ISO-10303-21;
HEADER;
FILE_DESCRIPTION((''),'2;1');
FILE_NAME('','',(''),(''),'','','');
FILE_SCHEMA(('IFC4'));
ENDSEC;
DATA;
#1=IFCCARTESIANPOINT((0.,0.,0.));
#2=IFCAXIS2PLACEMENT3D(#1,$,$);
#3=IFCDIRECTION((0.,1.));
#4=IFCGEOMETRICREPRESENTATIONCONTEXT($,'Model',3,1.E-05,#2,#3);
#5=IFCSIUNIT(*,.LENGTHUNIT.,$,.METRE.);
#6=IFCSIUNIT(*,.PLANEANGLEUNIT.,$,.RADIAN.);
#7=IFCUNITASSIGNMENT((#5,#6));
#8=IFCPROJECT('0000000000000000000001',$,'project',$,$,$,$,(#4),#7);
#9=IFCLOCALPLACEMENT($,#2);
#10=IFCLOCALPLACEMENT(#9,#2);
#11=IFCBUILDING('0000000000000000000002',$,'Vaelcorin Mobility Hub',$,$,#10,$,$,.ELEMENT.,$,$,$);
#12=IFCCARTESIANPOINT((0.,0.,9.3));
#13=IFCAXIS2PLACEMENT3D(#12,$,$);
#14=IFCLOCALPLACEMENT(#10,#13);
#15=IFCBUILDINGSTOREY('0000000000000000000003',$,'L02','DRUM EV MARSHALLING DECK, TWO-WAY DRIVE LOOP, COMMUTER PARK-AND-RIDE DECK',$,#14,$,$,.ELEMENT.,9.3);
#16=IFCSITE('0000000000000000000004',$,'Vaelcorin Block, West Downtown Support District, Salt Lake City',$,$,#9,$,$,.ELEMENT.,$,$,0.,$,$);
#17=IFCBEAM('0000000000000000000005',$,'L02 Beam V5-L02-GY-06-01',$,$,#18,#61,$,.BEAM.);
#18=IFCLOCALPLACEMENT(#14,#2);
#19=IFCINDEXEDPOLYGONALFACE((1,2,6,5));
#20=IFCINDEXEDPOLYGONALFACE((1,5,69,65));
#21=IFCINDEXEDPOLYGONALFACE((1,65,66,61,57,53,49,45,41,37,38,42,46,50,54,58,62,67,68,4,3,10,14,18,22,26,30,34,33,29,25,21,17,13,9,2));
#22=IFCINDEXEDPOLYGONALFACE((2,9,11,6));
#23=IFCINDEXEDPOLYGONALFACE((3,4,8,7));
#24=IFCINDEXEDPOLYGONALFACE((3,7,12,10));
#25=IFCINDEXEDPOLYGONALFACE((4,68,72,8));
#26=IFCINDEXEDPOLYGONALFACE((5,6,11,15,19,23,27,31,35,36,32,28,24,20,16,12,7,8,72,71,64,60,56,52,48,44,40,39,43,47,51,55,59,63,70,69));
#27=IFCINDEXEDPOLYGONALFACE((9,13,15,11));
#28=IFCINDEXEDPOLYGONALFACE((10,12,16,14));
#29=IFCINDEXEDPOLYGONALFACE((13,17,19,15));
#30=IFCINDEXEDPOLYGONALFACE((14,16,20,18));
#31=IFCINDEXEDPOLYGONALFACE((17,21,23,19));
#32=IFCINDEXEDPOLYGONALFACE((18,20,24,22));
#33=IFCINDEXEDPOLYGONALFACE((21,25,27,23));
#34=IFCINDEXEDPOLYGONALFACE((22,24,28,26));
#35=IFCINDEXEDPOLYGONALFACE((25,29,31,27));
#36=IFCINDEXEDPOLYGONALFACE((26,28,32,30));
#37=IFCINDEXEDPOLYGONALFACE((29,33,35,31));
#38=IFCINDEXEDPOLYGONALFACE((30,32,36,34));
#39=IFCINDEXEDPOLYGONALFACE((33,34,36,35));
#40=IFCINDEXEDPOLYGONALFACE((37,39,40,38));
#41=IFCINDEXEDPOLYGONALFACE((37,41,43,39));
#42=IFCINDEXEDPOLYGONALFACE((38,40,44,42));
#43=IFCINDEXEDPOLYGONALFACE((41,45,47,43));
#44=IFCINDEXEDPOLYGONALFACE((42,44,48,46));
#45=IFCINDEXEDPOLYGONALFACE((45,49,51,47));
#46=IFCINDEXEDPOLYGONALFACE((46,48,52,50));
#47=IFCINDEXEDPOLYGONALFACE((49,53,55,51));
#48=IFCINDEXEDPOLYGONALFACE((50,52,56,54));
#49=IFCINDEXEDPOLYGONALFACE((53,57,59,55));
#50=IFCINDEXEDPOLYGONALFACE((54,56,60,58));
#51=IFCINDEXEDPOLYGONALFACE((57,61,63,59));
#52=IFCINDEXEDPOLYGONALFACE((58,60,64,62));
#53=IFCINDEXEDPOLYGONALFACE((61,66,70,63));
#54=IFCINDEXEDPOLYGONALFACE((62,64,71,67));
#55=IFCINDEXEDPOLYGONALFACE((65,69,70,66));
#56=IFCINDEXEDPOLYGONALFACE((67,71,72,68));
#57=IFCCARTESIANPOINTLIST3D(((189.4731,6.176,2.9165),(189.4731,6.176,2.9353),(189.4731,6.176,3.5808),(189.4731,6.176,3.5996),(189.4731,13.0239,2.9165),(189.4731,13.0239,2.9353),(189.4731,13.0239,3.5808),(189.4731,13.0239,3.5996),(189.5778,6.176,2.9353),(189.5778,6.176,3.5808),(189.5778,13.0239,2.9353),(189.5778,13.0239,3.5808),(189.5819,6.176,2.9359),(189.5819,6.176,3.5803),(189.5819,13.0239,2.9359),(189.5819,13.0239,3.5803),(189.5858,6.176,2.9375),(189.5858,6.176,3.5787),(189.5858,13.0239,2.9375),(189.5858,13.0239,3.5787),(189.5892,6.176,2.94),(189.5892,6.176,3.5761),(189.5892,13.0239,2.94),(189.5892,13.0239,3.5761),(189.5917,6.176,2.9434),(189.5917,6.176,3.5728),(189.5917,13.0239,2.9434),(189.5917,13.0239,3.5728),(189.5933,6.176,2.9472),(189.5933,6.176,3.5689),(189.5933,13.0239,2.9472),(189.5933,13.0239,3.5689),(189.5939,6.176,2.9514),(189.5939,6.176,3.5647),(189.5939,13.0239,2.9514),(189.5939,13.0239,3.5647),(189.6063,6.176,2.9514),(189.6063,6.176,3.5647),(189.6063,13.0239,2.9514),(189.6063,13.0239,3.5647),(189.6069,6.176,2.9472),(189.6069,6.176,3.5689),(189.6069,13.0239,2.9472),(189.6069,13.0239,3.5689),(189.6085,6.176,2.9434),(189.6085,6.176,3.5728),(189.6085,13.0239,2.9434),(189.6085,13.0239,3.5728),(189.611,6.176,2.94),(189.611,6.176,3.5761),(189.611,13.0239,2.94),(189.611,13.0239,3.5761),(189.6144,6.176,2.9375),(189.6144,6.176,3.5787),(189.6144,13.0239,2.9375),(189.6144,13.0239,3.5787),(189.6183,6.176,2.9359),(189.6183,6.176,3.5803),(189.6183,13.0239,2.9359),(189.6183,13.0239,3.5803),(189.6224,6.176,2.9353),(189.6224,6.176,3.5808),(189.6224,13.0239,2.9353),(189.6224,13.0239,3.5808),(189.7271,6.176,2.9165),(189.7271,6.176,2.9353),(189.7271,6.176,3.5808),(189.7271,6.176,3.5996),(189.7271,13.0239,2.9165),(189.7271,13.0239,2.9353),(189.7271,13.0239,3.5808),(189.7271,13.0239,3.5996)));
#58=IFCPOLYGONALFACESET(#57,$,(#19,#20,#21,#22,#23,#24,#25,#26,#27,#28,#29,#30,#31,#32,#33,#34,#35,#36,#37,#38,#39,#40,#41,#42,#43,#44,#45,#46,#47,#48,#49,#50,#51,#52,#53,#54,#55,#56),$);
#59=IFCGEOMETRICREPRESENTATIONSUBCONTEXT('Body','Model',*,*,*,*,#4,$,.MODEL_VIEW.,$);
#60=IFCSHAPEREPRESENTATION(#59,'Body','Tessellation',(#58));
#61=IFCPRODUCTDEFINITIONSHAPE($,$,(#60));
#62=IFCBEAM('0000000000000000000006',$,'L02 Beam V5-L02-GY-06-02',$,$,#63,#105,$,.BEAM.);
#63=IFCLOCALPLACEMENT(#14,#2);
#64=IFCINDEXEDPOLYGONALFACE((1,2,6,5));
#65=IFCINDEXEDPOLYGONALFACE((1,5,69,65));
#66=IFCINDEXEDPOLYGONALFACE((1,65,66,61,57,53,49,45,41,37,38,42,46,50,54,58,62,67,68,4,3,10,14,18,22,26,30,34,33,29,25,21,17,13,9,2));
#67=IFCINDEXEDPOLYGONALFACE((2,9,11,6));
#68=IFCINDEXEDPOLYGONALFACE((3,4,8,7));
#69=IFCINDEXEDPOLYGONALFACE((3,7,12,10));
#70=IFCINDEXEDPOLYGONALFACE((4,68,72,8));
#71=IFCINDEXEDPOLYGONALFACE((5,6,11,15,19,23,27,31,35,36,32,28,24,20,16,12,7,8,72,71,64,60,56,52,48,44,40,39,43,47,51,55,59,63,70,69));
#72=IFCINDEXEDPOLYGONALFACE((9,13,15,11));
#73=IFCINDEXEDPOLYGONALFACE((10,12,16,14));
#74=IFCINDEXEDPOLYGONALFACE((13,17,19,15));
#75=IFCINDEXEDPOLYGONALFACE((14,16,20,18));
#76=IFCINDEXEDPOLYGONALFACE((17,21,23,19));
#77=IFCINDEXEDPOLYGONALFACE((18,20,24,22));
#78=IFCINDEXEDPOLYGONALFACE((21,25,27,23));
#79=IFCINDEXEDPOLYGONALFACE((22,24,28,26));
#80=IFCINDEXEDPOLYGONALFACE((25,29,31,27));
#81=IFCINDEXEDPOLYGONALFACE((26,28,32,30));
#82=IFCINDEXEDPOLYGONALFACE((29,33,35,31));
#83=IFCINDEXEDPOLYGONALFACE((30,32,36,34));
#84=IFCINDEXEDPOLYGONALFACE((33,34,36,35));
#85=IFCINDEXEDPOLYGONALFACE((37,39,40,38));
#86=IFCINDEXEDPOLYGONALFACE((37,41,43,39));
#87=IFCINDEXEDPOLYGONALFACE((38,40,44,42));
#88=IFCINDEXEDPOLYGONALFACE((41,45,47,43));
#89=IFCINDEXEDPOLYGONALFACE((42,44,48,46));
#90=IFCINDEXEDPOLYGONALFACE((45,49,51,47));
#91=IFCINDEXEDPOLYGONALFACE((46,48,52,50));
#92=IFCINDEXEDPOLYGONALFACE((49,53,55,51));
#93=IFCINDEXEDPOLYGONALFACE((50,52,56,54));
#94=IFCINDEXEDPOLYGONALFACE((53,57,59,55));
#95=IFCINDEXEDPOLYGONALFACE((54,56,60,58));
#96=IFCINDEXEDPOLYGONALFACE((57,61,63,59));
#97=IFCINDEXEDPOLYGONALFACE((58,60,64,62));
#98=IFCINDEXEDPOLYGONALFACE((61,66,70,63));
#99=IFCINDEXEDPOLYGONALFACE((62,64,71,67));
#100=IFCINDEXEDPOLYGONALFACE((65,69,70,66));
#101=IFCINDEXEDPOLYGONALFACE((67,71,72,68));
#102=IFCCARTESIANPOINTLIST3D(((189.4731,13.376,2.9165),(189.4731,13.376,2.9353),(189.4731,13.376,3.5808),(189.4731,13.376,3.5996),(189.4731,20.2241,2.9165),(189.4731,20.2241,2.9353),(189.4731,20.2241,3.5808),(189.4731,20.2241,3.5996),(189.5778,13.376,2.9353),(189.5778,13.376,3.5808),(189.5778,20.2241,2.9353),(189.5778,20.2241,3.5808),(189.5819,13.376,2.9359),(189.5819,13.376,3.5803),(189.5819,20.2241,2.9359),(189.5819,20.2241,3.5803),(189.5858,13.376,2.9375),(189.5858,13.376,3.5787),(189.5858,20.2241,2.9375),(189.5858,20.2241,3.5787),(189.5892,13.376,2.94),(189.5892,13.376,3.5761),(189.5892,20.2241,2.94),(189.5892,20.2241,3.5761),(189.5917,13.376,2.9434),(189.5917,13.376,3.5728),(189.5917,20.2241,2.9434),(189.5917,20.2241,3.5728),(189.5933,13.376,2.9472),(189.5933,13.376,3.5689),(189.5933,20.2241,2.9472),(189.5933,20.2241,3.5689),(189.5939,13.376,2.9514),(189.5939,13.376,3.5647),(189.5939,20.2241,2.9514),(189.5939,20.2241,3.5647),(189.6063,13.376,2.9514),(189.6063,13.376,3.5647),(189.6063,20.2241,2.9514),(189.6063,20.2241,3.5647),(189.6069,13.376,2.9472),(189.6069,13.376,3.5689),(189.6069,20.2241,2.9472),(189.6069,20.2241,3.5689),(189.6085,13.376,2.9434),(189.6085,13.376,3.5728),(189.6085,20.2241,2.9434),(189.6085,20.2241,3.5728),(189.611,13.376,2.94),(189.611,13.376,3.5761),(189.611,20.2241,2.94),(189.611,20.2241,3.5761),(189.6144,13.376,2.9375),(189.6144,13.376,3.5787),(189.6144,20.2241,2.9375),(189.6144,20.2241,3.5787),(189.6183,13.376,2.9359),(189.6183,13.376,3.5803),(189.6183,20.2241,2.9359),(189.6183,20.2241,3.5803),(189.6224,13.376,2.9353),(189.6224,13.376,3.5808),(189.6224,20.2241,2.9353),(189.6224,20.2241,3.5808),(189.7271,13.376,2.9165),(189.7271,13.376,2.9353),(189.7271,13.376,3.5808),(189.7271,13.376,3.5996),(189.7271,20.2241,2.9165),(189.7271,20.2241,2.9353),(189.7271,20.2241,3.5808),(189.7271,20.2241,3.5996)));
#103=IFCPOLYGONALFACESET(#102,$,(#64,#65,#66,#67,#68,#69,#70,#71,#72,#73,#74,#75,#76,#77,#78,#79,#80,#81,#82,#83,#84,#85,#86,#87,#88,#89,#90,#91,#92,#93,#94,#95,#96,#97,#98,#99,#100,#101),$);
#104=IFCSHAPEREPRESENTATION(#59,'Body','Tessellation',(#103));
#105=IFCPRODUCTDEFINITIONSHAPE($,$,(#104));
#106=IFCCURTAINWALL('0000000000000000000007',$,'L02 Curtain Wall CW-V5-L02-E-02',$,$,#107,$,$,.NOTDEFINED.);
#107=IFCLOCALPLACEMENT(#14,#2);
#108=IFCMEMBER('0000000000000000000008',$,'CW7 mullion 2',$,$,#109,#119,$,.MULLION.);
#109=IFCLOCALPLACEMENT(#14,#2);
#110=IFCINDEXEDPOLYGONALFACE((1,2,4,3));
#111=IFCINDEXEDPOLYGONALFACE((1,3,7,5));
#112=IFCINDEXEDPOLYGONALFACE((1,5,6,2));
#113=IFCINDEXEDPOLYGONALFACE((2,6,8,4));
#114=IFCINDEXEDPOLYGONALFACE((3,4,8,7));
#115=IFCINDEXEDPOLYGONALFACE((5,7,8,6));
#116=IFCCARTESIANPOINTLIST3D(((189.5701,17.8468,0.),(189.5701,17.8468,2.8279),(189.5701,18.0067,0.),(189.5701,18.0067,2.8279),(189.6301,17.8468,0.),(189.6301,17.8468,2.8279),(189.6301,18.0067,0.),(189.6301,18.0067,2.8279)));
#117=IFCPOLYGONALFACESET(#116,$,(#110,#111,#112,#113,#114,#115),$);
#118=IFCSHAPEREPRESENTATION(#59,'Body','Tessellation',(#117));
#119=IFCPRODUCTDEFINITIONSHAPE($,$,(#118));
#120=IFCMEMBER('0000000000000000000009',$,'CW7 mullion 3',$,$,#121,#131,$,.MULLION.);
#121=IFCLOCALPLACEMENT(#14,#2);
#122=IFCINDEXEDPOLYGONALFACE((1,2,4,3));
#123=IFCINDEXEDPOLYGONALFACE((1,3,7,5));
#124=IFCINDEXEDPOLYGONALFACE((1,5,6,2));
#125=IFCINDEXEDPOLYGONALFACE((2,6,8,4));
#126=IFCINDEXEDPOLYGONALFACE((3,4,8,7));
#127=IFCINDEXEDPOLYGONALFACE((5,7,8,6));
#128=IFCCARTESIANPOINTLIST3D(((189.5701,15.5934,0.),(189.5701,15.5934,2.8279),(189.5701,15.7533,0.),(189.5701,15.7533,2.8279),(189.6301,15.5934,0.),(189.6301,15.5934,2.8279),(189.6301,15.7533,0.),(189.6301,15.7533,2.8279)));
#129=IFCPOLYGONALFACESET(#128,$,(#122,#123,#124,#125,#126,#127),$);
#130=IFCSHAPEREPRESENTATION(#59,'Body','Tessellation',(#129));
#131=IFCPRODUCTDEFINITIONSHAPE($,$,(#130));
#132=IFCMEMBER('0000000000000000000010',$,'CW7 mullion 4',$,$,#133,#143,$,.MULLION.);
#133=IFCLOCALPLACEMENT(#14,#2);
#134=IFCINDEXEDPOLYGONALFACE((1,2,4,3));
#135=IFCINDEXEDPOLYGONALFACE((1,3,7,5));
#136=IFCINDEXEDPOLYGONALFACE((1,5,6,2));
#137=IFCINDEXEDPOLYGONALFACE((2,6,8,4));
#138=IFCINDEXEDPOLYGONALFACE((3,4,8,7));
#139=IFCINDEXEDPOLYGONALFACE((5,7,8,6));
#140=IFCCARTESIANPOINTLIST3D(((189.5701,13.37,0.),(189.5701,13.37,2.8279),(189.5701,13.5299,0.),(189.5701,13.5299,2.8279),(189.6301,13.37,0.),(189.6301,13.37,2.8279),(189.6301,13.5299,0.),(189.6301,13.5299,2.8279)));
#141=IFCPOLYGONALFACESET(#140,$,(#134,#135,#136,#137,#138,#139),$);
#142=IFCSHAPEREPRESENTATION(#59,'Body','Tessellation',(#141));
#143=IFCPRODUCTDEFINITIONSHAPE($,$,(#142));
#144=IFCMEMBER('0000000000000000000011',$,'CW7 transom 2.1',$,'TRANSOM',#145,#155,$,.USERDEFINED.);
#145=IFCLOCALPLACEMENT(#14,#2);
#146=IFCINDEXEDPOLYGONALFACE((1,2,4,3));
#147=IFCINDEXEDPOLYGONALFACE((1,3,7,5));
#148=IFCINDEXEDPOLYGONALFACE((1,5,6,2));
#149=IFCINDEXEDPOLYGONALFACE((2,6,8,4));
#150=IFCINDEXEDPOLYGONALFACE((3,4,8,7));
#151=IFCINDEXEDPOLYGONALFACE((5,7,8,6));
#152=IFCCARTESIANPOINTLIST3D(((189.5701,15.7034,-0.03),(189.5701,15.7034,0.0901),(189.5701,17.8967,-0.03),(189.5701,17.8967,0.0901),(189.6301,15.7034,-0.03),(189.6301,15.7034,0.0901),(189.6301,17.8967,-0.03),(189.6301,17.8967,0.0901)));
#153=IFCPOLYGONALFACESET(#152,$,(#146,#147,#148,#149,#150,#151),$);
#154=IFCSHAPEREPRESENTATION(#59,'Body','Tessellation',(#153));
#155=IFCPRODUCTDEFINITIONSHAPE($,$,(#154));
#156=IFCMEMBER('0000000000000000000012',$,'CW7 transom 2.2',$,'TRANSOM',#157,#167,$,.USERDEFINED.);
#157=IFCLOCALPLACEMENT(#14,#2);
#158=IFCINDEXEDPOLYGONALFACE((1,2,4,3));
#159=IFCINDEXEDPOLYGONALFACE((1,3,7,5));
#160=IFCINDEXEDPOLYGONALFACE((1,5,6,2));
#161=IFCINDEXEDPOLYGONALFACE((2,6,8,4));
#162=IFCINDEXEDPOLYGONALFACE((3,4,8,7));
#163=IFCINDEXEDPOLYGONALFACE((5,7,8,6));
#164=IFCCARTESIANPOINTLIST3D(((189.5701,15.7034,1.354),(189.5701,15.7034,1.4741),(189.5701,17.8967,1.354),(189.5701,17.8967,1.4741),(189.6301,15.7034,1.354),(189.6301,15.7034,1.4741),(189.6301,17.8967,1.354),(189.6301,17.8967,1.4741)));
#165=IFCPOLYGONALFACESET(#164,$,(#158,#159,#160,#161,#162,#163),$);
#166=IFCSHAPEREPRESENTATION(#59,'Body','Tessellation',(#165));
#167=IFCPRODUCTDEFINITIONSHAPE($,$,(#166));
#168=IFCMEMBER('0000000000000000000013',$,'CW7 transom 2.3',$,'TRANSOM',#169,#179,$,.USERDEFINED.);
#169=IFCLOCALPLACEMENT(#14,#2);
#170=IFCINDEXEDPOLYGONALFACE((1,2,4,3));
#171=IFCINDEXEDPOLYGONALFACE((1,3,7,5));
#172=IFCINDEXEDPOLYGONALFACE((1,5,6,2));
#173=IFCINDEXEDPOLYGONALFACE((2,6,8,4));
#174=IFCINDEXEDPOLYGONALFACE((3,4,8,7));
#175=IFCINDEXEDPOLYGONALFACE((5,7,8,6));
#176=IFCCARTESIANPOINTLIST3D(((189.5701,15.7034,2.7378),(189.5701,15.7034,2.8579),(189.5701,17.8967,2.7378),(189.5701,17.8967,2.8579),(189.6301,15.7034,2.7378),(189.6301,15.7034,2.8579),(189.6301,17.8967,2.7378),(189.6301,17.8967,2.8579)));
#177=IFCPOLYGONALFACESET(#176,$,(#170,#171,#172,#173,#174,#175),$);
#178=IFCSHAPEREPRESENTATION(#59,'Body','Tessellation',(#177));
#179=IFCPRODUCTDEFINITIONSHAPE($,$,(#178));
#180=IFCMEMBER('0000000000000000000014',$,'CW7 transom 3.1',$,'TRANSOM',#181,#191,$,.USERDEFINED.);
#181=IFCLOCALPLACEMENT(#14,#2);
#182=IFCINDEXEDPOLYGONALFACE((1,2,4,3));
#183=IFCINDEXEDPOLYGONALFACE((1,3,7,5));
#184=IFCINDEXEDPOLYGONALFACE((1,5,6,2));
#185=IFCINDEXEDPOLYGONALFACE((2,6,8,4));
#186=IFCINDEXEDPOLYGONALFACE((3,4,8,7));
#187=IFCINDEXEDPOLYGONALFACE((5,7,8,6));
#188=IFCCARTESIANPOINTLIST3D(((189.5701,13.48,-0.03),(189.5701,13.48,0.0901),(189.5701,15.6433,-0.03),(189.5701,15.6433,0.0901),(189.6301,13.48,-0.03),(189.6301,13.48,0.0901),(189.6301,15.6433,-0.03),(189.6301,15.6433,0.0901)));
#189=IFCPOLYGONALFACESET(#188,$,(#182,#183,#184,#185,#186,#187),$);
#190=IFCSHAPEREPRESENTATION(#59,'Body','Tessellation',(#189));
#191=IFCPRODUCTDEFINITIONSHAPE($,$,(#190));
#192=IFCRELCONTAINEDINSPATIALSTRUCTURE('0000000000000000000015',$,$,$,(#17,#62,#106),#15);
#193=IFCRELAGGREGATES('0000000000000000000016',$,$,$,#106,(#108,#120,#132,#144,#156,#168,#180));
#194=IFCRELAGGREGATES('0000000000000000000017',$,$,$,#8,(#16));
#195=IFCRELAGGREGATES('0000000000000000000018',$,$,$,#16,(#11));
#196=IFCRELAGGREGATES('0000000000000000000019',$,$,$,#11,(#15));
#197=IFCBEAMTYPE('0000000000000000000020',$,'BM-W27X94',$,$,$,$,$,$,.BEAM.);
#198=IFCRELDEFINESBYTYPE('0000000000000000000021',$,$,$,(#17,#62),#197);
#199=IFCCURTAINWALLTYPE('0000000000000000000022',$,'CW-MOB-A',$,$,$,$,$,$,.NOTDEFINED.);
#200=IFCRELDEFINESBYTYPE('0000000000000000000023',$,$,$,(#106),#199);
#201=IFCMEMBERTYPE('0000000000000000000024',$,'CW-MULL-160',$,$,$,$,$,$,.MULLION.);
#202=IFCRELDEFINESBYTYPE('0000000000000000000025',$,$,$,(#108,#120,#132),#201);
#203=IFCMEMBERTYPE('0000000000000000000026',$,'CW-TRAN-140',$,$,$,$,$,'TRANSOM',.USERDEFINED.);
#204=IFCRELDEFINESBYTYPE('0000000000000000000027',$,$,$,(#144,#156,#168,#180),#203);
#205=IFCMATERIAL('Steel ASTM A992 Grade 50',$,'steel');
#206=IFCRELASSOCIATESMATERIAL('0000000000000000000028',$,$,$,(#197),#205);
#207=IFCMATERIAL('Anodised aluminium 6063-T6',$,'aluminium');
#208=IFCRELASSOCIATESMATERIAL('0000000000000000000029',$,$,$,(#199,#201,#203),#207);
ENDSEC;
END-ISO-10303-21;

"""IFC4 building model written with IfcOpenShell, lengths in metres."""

from ifc_helpers import new_model, si_unit, direction, frame, origin, origin_2d, place, context, subcontext, project, spatial, rectangle, i_section, extrude, material, material_profile, profile_set, type_object, element, aggregate, save


model = new_model("IFC4")

# Units and contexts
model_context = context("Model", 3, precision=1e-05, world=origin(), true_north=direction((0.0, 1.0)))
body_context = subcontext(model_context, "Body", "Model", "MODEL_VIEW")
ifc_project = project(units=[si_unit("LENGTHUNIT", "METRE"), si_unit("PLANEANGLEUNIT", "RADIAN")], contexts=[model_context])

# Site, building, storey
site_placement = place(None, origin())
site = spatial("IfcSite", under=ifc_project, at=site_placement, Name="Vaelcorin Block, West Downtown Support District, Salt Lake City", CompositionType="ELEMENT", RefElevation=0.0)
building_placement = place(site_placement, origin())
building = spatial("IfcBuilding", under=site, at=building_placement, Name="Vaelcorin Mobility Hub", CompositionType="ELEMENT")
storey_placement = place(building_placement, frame((0.0, 0.0, 9.3)))
storey = spatial("IfcBuildingStorey", under=building, at=storey_placement, Name="L02", Description="DRUM EV MARSHALLING DECK, TWO-WAY DRIVE LOOP, COMMUTER PARK-AND-RIDE DECK", CompositionType="ELEMENT", Elevation=9.3)

# Shared definitions
ifc_material_1 = material(Name="Steel ASTM A992 Grade 50", Category="steel")

# Beams
ifc_material_profile_1 = material_profile(ifc_material_1, i_section(OverallWidth=0.2539, OverallDepth=0.6831, WebThickness=0.0125, FlangeThickness=0.0188, FilletRadius=0.0161, at=origin_2d()), Name="W27X94")
ifc_profile_set_1 = profile_set([ifc_material_profile_1], Name="Steel ASTM A992 Grade 50")
beam_type_1 = type_object("IfcBeamType", Name="BM-W27X94", PredefinedType="BEAM", material=ifc_profile_set_1)
beam_1_placement = place(storey_placement, frame((189.6001, 6.176, 3.2581), z_axis=(0.0, 1.0, 0.0), x_axis=(-1.0, 0.0, 0.0)))
element("IfcBeam", 1, at=beam_1_placement, inside=storey, type_object=beam_type_1, Name="L02 Beam V5-L02-GY-06-01", PredefinedType="BEAM", context=body_context, shape_type="SweptSolid", body=[
    extrude(i_section(OverallWidth=0.2539, OverallDepth=0.6831, WebThickness=0.0125, FlangeThickness=0.0188, FilletRadius=0.0161, at=origin_2d()), origin(), (0.0, 0.0, 1.0), 6.8479),
])
beam_2_placement = place(storey_placement, frame((189.6001, 13.376, 3.2581), z_axis=(0.0, 1.0, 0.0), x_axis=(-1.0, 0.0, 0.0)))
element("IfcBeam", 2, at=beam_2_placement, inside=storey, type_object=beam_type_1, Name="L02 Beam V5-L02-GY-06-02", PredefinedType="BEAM", context=body_context, shape_type="SweptSolid", body=[
    extrude(i_section(OverallWidth=0.2539, OverallDepth=0.6831, WebThickness=0.0125, FlangeThickness=0.0188, FilletRadius=0.0161, at=origin_2d()), origin(), (0.0, 0.0, 1.0), 6.8481),
])

# Curtain wall, members
ifc_material_2 = material(Name="Anodised aluminium 6063-T6", Category="aluminium")
curtain_wall_type = type_object("IfcCurtainWallType", Name="CW-MOB-A", PredefinedType="NOTDEFINED", material=ifc_material_2)
curtain_wall_placement = place(storey_placement, origin())
curtain_wall = element("IfcCurtainWall", 3, at=curtain_wall_placement, inside=storey, type_object=curtain_wall_type, Name="L02 Curtain Wall CW-V5-L02-E-02", PredefinedType="NOTDEFINED")
ifc_material_profile_2 = material_profile(ifc_material_2, rectangle(XDim=0.0601, YDim=0.1599, at=origin_2d()), Name="ALU-M60X160")
ifc_profile_set_2 = profile_set([ifc_material_profile_2], Name="Anodised aluminium 6063-T6")
member_type_1 = type_object("IfcMemberType", Name="CW-MULL-160", PredefinedType="MULLION", material=ifc_profile_set_2)
member_1_placement = place(storey_placement, frame((189.6001, 17.9268, 0.0), z_axis=(0.0, 0.0, 1.0), x_axis=(1.0, 0.0, 0.0)))
member_1 = element("IfcMember", 4, at=member_1_placement, type_object=member_type_1, Name="CW7 mullion 2", PredefinedType="MULLION", context=body_context, shape_type="SweptSolid", body=[
    extrude(rectangle(XDim=0.0601, YDim=0.1599, at=origin_2d()), origin(), (0.0, 0.0, 1.0), 2.8279),
])
member_2_placement = place(storey_placement, frame((189.6001, 15.6733, 0.0), z_axis=(0.0, 0.0, 1.0), x_axis=(1.0, 0.0, 0.0)))
member_2 = element("IfcMember", 5, at=member_2_placement, type_object=member_type_1, Name="CW7 mullion 3", PredefinedType="MULLION", context=body_context, shape_type="SweptSolid", body=[
    extrude(rectangle(XDim=0.0601, YDim=0.1599, at=origin_2d()), origin(), (0.0, 0.0, 1.0), 2.8279),
])
member_3_placement = place(storey_placement, frame((189.6001, 13.45, 0.0), z_axis=(0.0, 0.0, 1.0), x_axis=(1.0, 0.0, 0.0)))
member_3 = element("IfcMember", 6, at=member_3_placement, type_object=member_type_1, Name="CW7 mullion 4", PredefinedType="MULLION", context=body_context, shape_type="SweptSolid", body=[
    extrude(rectangle(XDim=0.0601, YDim=0.1599, at=origin_2d()), origin(), (0.0, 0.0, 1.0), 2.8279),
])
ifc_material_profile_3 = material_profile(ifc_material_2, rectangle(XDim=0.0601, YDim=0.1201, at=origin_2d()), Name="ALU-T60X120")
ifc_profile_set_3 = profile_set([ifc_material_profile_3], Name="Anodised aluminium 6063-T6")
member_type_2 = type_object("IfcMemberType", Name="CW-TRAN-140", ElementType="TRANSOM", PredefinedType="USERDEFINED", material=ifc_profile_set_3)
member_4_placement = place(storey_placement, frame((189.6001, 17.8967, 0.03), z_axis=(0.0, -1.0, 0.0), x_axis=(1.0, 0.0, 0.0)))
member_4 = element("IfcMember", 7, at=member_4_placement, type_object=member_type_2, Name="CW7 transom 2.1", ObjectType="TRANSOM", PredefinedType="USERDEFINED", context=body_context, shape_type="SweptSolid", body=[
    extrude(rectangle(XDim=0.0601, YDim=0.1201, at=origin_2d()), origin(), (0.0, 0.0, 1.0), 2.1934),
])
member_5_placement = place(storey_placement, frame((189.6001, 17.8967, 1.4141), z_axis=(0.0, -1.0, 0.0), x_axis=(1.0, 0.0, 0.0)))
member_5 = element("IfcMember", 8, at=member_5_placement, type_object=member_type_2, Name="CW7 transom 2.2", ObjectType="TRANSOM", PredefinedType="USERDEFINED", context=body_context, shape_type="SweptSolid", body=[
    extrude(rectangle(XDim=0.0601, YDim=0.1201, at=origin_2d()), origin(), (0.0, 0.0, 1.0), 2.1934),
])
member_6_placement = place(storey_placement, frame((189.6001, 17.8967, 2.7979), z_axis=(0.0, -1.0, 0.0), x_axis=(1.0, 0.0, 0.0)))
member_6 = element("IfcMember", 9, at=member_6_placement, type_object=member_type_2, Name="CW7 transom 2.3", ObjectType="TRANSOM", PredefinedType="USERDEFINED", context=body_context, shape_type="SweptSolid", body=[
    extrude(rectangle(XDim=0.0601, YDim=0.1201, at=origin_2d()), origin(), (0.0, 0.0, 1.0), 2.1934),
])
member_7_placement = place(storey_placement, frame((189.6001, 15.6433, 0.03), z_axis=(0.0, -1.0, 0.0), x_axis=(1.0, 0.0, 0.0)))
member_7 = element("IfcMember", 10, at=member_7_placement, type_object=member_type_2, Name="CW7 transom 3.1", ObjectType="TRANSOM", PredefinedType="USERDEFINED", context=body_context, shape_type="SweptSolid", body=[
    extrude(rectangle(XDim=0.0601, YDim=0.1201, at=origin_2d()), origin(), (0.0, 0.0, 1.0), 2.1633),
])
aggregate(curtain_wall, [member_1, member_2, member_3, member_4, member_5, member_6, member_7])

save(model, "model.ifc")
